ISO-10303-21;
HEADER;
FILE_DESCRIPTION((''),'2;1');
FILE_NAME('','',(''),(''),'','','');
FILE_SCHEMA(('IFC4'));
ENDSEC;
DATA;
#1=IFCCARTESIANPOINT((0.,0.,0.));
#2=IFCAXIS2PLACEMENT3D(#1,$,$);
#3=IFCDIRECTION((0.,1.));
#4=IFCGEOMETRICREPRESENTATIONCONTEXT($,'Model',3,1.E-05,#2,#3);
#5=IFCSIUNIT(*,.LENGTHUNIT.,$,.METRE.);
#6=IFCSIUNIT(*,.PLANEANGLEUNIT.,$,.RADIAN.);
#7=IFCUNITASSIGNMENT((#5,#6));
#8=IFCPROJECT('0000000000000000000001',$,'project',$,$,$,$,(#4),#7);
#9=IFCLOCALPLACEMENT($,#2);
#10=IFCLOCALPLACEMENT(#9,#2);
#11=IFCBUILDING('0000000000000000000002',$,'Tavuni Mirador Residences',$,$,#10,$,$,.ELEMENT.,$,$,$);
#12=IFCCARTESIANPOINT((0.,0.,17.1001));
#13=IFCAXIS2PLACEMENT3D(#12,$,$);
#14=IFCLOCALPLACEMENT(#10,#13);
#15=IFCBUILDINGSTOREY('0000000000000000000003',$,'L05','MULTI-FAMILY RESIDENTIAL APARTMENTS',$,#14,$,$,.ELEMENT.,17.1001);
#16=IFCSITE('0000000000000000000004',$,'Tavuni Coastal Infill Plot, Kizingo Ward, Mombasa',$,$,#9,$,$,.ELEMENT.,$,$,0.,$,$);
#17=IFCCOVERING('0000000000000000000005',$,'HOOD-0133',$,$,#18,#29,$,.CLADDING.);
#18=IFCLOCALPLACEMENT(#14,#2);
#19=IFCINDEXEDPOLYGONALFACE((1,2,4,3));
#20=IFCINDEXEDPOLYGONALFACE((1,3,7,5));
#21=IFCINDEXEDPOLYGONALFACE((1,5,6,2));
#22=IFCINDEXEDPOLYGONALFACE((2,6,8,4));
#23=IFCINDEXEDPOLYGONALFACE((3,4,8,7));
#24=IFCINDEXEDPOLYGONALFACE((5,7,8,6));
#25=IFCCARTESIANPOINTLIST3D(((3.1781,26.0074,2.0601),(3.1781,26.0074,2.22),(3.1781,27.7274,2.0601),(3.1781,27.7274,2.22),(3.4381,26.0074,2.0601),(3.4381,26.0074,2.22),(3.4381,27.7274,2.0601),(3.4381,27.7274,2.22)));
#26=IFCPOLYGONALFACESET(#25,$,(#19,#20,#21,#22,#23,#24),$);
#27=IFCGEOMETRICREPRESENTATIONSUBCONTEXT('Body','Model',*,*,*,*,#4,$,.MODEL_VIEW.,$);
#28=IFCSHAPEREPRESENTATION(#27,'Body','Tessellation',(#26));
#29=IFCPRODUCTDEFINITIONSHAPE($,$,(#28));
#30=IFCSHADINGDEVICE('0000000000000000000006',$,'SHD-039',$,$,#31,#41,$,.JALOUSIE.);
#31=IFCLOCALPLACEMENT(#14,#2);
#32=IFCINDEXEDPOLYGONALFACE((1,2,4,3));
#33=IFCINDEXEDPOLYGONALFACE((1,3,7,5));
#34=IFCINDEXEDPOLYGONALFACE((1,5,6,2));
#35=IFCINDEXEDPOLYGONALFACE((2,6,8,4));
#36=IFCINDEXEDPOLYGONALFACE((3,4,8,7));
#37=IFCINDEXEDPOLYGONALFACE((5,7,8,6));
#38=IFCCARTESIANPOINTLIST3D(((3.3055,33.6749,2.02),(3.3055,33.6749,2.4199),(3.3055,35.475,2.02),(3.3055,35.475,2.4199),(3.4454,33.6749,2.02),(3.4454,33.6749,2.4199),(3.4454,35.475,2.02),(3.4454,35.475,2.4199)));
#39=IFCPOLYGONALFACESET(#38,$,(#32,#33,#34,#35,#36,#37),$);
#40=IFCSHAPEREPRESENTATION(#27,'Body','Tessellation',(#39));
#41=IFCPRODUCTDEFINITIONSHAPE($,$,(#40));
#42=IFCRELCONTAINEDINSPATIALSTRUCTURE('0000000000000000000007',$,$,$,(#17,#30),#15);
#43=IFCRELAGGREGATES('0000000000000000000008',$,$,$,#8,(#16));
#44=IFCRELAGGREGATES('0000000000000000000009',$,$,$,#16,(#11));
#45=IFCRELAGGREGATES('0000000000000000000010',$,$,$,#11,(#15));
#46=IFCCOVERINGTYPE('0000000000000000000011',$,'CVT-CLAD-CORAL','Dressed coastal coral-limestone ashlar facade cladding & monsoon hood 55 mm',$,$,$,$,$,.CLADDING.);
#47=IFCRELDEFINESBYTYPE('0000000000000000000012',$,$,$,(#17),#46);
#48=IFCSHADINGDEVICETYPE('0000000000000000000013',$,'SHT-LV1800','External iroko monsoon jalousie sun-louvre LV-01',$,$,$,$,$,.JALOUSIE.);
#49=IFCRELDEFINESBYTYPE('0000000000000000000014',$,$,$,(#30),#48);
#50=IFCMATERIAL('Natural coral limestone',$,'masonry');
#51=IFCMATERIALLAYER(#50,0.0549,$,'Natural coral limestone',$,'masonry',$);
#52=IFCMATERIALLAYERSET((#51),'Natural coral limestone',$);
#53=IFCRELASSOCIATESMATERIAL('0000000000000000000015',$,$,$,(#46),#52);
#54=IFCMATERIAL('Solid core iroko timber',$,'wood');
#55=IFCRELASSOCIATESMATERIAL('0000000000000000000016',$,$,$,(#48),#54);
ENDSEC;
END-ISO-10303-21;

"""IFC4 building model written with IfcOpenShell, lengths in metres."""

from ifc_helpers import new_model, si_unit, direction, frame, origin, origin_2d, place, context, subcontext, project, spatial, rectangle, extrude, material, layer, layer_set, type_object, element, save


model = new_model("IFC4")

# Units and contexts
model_context = context("Model", 3, precision=1e-05, world=origin(), true_north=direction((0.0, 1.0)))
body_context = subcontext(model_context, "Body", "Model", "MODEL_VIEW")
ifc_project = project(units=[si_unit("LENGTHUNIT", "METRE"), si_unit("PLANEANGLEUNIT", "RADIAN")], contexts=[model_context])

# Site, building, storey
site_placement = place(None, origin())
site = spatial("IfcSite", under=ifc_project, at=site_placement, Name="Tavuni Coastal Infill Plot, Kizingo Ward, Mombasa", CompositionType="ELEMENT", RefElevation=0.0)
building_placement = place(site_placement, origin())
building = spatial("IfcBuilding", under=site, at=building_placement, Name="Tavuni Mirador Residences", CompositionType="ELEMENT")
storey_placement = place(building_placement, frame((0.0, 0.0, 17.1001)))
storey = spatial("IfcBuildingStorey", under=building, at=storey_placement, Name="L05", Description="MULTI-FAMILY RESIDENTIAL APARTMENTS", CompositionType="ELEMENT", Elevation=17.1001)

# Shared definitions
ifc_material_1 = material(Name="Solid core iroko timber", Category="wood")

# Covering
ifc_material_2 = material(Name="Natural coral limestone", Category="masonry")
ifc_layer_1 = layer(ifc_material_2, 0.0549, Name="Natural coral limestone", Category="masonry")
ifc_layer_set_1 = layer_set([ifc_layer_1], Name="Natural coral limestone")
covering_type = type_object("IfcCoveringType", Name="CVT-CLAD-CORAL", Description="Dressed coastal coral-limestone ashlar facade cladding & monsoon hood 55 mm", PredefinedType="CLADDING", material=ifc_layer_set_1)
covering_placement = place(storey_placement, frame((3.3081, 26.8674, 2.0601), z_axis=(0.0, 0.0, 1.0), x_axis=(0.0, -1.0, 0.0)))
element("IfcCovering", 1, at=covering_placement, inside=storey, type_object=covering_type, Name="HOOD-0133", PredefinedType="CLADDING", context=body_context, shape_type="SweptSolid", body=[
    extrude(rectangle(XDim=1.72, YDim=0.26, at=origin_2d()), origin(), (0.0, 0.0, 1.0), 0.1599),
])

# Shading device
shading_device_type = type_object("IfcShadingDeviceType", Name="SHT-LV1800", Description="External iroko monsoon jalousie sun-louvre LV-01", PredefinedType="JALOUSIE", material=ifc_material_1)
shading_device_placement = place(storey_placement, frame((3.3755, 34.575, 2.02), z_axis=(0.0, 0.0, 1.0), x_axis=(0.0, -1.0, 0.0)))
element("IfcShadingDevice", 2, at=shading_device_placement, inside=storey, type_object=shading_device_type, Name="SHD-039", PredefinedType="JALOUSIE", context=body_context, shape_type="SweptSolid", body=[
    extrude(rectangle(XDim=1.8, YDim=0.1399, at=origin_2d()), origin(), (0.0, 0.0, 1.0), 0.3999),
])

save(model, "model.ifc")
